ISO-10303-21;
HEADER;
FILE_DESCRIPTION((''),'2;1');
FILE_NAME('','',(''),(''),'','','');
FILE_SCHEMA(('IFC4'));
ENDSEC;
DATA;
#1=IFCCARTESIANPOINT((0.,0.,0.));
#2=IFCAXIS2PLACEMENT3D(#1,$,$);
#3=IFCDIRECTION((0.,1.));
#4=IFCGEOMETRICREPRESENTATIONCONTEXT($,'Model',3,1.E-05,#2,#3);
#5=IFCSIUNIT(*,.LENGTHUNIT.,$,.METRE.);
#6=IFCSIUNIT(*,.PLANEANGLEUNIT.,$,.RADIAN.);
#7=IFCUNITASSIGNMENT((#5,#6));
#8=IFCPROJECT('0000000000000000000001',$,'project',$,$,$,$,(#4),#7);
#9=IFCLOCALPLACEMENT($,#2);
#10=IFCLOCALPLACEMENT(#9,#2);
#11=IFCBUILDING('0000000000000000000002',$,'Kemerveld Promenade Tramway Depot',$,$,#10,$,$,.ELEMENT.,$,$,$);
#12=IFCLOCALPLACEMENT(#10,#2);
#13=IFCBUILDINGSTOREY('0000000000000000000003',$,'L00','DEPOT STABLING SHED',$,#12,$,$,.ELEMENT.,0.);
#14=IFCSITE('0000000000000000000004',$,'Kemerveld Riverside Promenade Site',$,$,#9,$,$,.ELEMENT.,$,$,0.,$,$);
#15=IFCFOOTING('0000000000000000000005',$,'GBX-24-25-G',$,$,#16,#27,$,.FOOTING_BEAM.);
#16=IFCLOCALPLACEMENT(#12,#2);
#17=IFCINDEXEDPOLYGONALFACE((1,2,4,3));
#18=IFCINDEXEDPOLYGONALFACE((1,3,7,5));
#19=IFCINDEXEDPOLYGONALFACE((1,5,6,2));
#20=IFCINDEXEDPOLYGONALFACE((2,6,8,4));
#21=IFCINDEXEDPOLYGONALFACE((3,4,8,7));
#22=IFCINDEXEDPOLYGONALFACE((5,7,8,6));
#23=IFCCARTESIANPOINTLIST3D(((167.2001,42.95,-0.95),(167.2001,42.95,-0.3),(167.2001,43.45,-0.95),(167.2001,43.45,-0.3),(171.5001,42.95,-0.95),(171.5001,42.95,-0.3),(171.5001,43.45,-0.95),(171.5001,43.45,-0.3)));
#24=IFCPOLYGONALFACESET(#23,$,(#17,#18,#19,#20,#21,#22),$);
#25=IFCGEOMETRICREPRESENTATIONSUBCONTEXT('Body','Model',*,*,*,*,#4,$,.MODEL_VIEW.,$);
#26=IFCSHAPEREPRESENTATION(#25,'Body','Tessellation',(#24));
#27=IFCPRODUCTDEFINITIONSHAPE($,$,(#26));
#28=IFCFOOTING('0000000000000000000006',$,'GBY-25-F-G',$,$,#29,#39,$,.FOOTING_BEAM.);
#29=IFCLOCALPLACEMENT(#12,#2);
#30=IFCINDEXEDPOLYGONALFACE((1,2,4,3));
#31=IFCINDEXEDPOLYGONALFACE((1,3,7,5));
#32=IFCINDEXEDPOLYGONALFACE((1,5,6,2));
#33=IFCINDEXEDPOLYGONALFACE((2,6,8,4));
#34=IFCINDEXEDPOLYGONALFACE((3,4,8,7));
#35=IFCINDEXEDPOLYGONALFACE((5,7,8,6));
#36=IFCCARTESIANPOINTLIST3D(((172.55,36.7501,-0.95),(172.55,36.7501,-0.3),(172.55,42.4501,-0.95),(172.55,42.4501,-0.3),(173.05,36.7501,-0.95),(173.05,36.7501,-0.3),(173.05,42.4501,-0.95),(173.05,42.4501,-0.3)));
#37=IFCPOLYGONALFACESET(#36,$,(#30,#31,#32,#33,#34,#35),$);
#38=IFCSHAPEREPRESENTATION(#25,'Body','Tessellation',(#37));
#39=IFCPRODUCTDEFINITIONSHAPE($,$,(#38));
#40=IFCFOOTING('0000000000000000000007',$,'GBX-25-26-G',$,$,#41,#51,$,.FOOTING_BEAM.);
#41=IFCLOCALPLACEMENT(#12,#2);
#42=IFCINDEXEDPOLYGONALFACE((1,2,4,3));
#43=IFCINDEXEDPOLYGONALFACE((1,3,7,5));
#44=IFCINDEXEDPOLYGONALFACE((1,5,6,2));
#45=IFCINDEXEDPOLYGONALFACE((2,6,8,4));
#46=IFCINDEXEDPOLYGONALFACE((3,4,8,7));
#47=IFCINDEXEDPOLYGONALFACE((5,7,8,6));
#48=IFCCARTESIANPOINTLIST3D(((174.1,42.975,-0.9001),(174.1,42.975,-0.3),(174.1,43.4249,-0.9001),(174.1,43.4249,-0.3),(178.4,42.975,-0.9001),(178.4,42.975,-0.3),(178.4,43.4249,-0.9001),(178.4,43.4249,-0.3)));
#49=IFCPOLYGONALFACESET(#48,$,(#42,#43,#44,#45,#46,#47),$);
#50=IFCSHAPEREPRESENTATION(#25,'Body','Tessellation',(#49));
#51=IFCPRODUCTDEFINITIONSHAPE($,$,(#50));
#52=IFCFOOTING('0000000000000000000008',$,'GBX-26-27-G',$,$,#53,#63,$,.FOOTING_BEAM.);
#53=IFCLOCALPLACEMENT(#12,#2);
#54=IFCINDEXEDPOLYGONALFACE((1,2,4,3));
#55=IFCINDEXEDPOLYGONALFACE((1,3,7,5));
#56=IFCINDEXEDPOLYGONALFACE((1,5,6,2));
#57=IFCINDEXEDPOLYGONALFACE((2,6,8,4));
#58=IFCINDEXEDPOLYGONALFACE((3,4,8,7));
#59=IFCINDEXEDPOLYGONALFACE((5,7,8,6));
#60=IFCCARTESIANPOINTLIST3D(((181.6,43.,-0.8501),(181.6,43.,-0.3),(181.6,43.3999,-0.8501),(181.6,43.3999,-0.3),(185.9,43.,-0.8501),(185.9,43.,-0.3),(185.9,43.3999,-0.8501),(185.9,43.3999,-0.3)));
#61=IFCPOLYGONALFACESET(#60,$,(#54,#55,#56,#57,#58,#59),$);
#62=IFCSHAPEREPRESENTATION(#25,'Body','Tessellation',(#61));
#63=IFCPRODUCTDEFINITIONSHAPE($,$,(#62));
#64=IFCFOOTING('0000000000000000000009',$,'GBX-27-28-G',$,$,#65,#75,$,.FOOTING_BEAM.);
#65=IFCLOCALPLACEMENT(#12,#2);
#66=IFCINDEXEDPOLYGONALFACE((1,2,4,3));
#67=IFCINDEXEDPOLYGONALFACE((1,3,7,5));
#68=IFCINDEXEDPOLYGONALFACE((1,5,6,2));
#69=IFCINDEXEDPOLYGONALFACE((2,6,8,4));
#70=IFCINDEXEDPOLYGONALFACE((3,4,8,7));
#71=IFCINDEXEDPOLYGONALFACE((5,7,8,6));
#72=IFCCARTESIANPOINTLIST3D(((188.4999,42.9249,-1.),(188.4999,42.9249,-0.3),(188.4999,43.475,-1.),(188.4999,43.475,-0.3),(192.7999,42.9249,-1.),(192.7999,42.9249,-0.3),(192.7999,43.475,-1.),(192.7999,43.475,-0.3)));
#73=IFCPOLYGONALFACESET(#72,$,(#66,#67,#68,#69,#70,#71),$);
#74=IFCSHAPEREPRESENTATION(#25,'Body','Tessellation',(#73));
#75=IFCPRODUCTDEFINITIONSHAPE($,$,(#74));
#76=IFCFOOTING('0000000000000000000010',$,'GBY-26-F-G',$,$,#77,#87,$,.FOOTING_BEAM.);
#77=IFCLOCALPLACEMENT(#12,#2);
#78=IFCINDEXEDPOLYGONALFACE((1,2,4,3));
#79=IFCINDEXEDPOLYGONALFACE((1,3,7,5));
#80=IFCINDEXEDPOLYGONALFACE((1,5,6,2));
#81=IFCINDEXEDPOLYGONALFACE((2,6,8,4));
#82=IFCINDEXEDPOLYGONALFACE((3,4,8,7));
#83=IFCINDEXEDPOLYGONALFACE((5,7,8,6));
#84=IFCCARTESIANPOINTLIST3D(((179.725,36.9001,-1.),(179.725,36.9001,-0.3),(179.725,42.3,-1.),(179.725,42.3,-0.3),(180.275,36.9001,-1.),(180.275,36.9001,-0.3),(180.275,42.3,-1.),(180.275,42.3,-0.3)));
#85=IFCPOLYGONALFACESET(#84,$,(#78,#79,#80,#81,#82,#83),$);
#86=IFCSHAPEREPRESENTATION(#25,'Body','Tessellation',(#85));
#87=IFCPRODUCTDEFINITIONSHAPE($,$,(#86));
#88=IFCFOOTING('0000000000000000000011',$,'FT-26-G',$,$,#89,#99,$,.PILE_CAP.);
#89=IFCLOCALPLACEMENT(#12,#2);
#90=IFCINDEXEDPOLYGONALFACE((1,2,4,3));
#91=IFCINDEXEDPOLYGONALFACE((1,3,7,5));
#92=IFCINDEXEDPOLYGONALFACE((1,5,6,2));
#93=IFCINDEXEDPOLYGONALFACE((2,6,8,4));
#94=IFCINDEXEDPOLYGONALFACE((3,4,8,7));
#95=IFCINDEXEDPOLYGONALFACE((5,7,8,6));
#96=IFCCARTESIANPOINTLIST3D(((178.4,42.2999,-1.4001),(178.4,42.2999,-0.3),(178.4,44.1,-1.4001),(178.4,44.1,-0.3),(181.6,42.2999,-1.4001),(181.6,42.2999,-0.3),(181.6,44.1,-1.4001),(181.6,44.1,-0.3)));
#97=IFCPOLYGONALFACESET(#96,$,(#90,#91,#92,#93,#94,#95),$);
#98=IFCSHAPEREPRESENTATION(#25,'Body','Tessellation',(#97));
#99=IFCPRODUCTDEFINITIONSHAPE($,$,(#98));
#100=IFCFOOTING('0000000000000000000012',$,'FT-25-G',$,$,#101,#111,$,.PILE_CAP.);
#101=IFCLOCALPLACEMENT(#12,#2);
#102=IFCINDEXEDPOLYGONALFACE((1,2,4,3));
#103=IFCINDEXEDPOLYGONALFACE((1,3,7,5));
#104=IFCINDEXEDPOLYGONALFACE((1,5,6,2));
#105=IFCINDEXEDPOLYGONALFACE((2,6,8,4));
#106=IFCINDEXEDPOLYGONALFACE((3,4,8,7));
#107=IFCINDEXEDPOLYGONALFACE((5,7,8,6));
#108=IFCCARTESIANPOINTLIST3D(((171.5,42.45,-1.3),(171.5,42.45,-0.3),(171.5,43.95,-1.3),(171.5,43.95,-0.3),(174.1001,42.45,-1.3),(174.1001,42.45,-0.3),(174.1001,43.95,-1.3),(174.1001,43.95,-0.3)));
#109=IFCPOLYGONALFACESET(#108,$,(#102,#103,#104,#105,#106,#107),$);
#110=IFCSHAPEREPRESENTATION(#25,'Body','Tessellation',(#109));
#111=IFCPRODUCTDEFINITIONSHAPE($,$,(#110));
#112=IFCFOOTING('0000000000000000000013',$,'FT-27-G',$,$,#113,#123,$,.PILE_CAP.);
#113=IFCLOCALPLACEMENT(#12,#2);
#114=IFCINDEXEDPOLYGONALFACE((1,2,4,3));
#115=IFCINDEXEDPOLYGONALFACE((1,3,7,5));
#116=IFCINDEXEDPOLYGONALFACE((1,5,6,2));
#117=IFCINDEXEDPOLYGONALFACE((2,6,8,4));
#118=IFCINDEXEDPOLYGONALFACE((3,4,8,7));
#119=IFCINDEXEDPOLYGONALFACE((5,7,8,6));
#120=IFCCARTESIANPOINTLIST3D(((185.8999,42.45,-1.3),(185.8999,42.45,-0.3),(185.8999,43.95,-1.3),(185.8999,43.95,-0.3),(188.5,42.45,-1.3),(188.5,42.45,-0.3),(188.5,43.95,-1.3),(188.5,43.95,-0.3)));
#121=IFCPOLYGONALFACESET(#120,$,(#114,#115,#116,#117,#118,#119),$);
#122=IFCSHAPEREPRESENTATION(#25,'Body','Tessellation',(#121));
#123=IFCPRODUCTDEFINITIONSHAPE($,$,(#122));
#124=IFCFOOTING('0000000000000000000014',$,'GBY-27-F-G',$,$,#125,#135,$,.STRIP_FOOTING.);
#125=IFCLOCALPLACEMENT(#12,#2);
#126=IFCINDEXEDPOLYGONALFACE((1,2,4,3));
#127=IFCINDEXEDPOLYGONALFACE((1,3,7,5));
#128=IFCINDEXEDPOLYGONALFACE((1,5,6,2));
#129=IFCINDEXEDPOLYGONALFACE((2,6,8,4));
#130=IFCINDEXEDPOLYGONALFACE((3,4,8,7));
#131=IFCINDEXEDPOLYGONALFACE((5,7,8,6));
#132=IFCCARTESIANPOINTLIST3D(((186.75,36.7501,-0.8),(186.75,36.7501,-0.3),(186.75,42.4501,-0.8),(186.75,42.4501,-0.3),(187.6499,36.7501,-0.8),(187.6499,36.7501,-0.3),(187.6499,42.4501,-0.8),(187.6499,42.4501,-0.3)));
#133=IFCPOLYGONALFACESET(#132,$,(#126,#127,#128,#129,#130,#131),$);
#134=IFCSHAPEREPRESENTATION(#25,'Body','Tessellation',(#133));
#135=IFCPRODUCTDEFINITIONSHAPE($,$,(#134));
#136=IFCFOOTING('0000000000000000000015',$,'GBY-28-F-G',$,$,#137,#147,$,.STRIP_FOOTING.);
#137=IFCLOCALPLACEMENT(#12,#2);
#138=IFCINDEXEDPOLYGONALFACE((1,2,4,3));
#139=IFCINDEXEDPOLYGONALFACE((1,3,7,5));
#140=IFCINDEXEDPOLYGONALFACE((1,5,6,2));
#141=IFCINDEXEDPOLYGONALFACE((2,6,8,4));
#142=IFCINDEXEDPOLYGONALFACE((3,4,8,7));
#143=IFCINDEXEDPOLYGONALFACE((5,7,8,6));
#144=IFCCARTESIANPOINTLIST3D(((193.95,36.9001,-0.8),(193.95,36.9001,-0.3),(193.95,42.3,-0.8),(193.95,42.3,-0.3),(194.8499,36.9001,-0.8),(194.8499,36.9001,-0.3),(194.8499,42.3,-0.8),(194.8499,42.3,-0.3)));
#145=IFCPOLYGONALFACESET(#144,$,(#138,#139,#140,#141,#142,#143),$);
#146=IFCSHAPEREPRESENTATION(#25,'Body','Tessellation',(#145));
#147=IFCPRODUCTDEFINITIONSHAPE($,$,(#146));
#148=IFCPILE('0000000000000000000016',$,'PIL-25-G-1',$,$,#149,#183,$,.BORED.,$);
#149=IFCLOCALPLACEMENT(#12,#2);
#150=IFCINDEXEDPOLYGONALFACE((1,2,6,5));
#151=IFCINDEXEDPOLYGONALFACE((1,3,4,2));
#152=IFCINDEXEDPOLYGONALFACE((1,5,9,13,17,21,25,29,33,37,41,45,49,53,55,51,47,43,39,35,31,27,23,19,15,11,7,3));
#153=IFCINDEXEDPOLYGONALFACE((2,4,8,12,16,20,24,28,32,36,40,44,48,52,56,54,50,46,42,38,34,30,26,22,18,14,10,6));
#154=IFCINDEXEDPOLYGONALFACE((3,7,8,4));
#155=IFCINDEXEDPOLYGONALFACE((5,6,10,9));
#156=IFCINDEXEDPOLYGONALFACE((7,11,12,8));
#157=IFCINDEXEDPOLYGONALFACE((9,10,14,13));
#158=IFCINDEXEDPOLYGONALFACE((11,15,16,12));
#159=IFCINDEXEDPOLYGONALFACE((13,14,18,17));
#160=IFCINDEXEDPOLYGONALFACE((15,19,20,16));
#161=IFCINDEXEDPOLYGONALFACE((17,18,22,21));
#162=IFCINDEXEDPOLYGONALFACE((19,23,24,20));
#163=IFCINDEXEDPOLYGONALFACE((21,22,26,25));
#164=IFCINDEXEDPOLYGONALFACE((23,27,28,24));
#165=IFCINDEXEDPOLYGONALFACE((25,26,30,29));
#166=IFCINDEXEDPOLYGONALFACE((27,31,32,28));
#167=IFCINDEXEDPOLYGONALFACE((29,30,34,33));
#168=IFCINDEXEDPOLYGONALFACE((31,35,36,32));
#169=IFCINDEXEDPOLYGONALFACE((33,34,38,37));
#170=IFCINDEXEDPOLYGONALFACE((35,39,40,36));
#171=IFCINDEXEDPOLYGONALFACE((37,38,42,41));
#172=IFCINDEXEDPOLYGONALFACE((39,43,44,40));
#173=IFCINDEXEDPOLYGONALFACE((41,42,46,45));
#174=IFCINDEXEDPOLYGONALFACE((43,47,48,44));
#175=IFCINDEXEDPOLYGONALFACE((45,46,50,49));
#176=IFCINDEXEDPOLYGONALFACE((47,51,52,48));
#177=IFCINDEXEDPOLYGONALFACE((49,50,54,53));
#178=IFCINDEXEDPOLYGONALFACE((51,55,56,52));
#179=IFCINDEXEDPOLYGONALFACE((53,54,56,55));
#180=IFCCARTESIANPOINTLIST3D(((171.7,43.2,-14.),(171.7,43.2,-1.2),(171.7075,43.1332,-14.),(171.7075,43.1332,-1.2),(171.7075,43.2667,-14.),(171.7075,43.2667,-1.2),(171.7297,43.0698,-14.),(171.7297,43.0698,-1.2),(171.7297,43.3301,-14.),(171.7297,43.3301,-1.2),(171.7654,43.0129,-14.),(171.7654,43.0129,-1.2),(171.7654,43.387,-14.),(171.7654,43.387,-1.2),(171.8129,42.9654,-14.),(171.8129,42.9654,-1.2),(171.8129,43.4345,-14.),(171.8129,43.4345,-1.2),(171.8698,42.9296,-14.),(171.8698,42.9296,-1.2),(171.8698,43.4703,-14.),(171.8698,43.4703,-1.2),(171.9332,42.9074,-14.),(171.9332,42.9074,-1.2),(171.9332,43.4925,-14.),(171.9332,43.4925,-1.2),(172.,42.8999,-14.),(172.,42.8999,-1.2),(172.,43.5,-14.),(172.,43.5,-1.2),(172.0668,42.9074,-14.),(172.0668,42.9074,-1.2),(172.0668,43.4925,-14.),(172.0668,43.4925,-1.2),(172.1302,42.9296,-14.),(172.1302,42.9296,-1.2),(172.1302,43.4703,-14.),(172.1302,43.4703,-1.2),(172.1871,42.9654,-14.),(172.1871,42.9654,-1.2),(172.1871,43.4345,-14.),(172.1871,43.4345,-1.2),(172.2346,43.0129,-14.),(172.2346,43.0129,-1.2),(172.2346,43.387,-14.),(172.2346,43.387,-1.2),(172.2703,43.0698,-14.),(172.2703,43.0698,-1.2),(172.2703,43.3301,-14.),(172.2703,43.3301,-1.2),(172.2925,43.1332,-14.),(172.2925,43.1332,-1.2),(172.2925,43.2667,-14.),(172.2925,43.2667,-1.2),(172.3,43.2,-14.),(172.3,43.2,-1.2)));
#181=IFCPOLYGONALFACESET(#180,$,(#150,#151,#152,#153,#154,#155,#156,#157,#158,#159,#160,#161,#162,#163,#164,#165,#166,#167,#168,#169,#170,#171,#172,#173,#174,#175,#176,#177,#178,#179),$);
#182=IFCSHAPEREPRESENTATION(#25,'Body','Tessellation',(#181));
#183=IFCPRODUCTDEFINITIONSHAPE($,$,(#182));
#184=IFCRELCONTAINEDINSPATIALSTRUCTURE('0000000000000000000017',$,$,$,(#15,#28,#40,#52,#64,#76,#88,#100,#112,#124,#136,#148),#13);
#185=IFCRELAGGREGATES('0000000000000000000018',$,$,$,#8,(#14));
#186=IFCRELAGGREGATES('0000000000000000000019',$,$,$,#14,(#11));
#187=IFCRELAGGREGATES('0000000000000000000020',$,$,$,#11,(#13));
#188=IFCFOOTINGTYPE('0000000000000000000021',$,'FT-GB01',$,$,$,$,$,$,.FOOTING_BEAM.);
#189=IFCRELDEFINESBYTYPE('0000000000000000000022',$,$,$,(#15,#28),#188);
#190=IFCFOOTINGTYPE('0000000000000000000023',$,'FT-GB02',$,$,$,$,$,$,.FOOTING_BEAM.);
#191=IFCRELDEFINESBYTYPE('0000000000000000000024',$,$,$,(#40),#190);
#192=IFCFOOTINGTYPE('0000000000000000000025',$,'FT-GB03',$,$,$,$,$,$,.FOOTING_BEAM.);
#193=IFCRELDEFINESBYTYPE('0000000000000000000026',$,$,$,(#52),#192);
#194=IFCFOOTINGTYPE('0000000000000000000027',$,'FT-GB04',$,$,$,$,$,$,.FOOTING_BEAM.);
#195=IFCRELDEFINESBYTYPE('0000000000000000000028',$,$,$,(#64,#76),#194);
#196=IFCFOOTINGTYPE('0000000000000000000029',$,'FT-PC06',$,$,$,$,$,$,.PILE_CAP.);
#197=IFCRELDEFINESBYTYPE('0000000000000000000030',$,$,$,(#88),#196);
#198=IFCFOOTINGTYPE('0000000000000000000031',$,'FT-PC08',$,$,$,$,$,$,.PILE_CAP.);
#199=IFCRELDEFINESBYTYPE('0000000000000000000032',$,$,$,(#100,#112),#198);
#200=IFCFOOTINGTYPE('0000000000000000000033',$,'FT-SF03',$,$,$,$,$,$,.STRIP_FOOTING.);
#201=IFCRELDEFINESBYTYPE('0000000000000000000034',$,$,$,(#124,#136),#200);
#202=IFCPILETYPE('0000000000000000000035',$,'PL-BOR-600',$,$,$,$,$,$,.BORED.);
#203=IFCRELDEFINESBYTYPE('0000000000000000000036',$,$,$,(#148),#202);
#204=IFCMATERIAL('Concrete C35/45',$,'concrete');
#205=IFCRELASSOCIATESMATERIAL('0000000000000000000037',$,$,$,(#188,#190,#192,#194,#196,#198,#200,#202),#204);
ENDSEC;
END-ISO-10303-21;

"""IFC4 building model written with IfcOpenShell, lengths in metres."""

from ifc_helpers import new_model, si_unit, direction, frame, origin, origin_2d, place, context, subcontext, project, spatial, rectangle, circle, extrude, material, material_profile, profile_set, type_object, element, save


model = new_model("IFC4")

# Units and contexts
model_context = context("Model", 3, precision=1e-05, world=origin(), true_north=direction((0.0, 1.0)))
body_context = subcontext(model_context, "Body", "Model", "MODEL_VIEW")
ifc_project = project(units=[si_unit("LENGTHUNIT", "METRE"), si_unit("PLANEANGLEUNIT", "RADIAN")], contexts=[model_context])

# Site, building, storey
site_placement = place(None, origin())
site = spatial("IfcSite", under=ifc_project, at=site_placement, Name="Kemerveld Riverside Promenade Site", CompositionType="ELEMENT", RefElevation=0.0)
building_placement = place(site_placement, origin())
building = spatial("IfcBuilding", under=site, at=building_placement, Name="Kemerveld Promenade Tramway Depot", CompositionType="ELEMENT")
storey_placement = place(building_placement, origin())
storey = spatial("IfcBuildingStorey", under=building, at=storey_placement, Name="L00", Description="DEPOT STABLING SHED", CompositionType="ELEMENT", Elevation=0.0)

# Footings
ifc_material_1 = material(Name="Concrete C35/45", Category="concrete")
footing_type_1 = type_object("IfcFootingType", Name="FT-GB01", PredefinedType="FOOTING_BEAM", material=ifc_material_1)
footing_1_placement = place(storey_placement, frame((169.3501, 43.2, -0.95), z_axis=(0.0, 0.0, 1.0), x_axis=(1.0, 0.0, 0.0)))
element("IfcFooting", 1, at=footing_1_placement, inside=storey, type_object=footing_type_1, Name="GBX-24-25-G", PredefinedType="FOOTING_BEAM", context=body_context, shape_type="SweptSolid", body=[
    extrude(rectangle(XDim=4.3, YDim=0.5, at=origin_2d()), origin(), (0.0, 0.0, 1.0), 0.6499),
])
footing_2_placement = place(storey_placement, frame((172.8, 39.6001, -0.95), z_axis=(0.0, 0.0, 1.0), x_axis=(0.0, 1.0, 0.0)))
element("IfcFooting", 2, at=footing_2_placement, inside=storey, type_object=footing_type_1, Name="GBY-25-F-G", PredefinedType="FOOTING_BEAM", context=body_context, shape_type="SweptSolid", body=[
    extrude(rectangle(XDim=5.7, YDim=0.5, at=origin_2d()), origin(), (0.0, 0.0, 1.0), 0.6499),
])
footing_type_2 = type_object("IfcFootingType", Name="FT-GB02", PredefinedType="FOOTING_BEAM", material=ifc_material_1)
footing_3_placement = place(storey_placement, frame((176.25, 43.2, -0.9001), z_axis=(0.0, 0.0, 1.0), x_axis=(1.0, 0.0, 0.0)))
element("IfcFooting", 3, at=footing_3_placement, inside=storey, type_object=footing_type_2, Name="GBX-25-26-G", PredefinedType="FOOTING_BEAM", context=body_context, shape_type="SweptSolid", body=[
    extrude(rectangle(XDim=4.3, YDim=0.45, at=origin_2d()), origin(), (0.0, 0.0, 1.0), 0.6001),
])
footing_type_3 = type_object("IfcFootingType", Name="FT-GB03", PredefinedType="FOOTING_BEAM", material=ifc_material_1)
footing_4_placement = place(storey_placement, frame((183.75, 43.2, -0.8501), z_axis=(0.0, 0.0, 1.0), x_axis=(1.0, 0.0, 0.0)))
element("IfcFooting", 4, at=footing_4_placement, inside=storey, type_object=footing_type_3, Name="GBX-26-27-G", PredefinedType="FOOTING_BEAM", context=body_context, shape_type="SweptSolid", body=[
    extrude(rectangle(XDim=4.3, YDim=0.3999, at=origin_2d()), origin(), (0.0, 0.0, 1.0), 0.55),
])
footing_type_4 = type_object("IfcFootingType", Name="FT-GB04", PredefinedType="FOOTING_BEAM", material=ifc_material_1)
footing_5_placement = place(storey_placement, frame((190.6499, 43.2, -1.0), z_axis=(0.0, 0.0, 1.0), x_axis=(1.0, 0.0, 0.0)))
element("IfcFooting", 5, at=footing_5_placement, inside=storey, type_object=footing_type_4, Name="GBX-27-28-G", PredefinedType="FOOTING_BEAM", context=body_context, shape_type="SweptSolid", body=[
    extrude(rectangle(XDim=4.3, YDim=0.55, at=origin_2d()), origin(), (0.0, 0.0, 1.0), 0.7),
])
footing_6_placement = place(storey_placement, frame((180.0, 39.6001, -1.0), z_axis=(0.0, 0.0, 1.0), x_axis=(0.0, 1.0, 0.0)))
element("IfcFooting", 6, at=footing_6_placement, inside=storey, type_object=footing_type_4, Name="GBY-26-F-G", PredefinedType="FOOTING_BEAM", context=body_context, shape_type="SweptSolid", body=[
    extrude(rectangle(XDim=5.3999, YDim=0.55, at=origin_2d()), origin(), (0.0, 0.0, 1.0), 0.7),
])
footing_type_5 = type_object("IfcFootingType", Name="FT-PC06", PredefinedType="PILE_CAP", material=ifc_material_1)
footing_7_placement = place(storey_placement, frame((180.0, 43.2, -1.4001), z_axis=(0.0, 0.0, 1.0), x_axis=(1.0, 0.0, 0.0)))
element("IfcFooting", 7, at=footing_7_placement, inside=storey, type_object=footing_type_5, Name="FT-26-G", PredefinedType="PILE_CAP", context=body_context, shape_type="SweptSolid", body=[
    extrude(rectangle(XDim=3.2, YDim=1.8, at=origin_2d()), origin(), (0.0, 0.0, 1.0), 1.1001),
])
footing_type_6 = type_object("IfcFootingType", Name="FT-PC08", PredefinedType="PILE_CAP", material=ifc_material_1)
for number, where, z_axis, x_axis, name in (
    (8, (172.8, 43.2, -1.3), (0.0, 0.0, 1.0), (1.0, 0.0, 0.0), "FT-25-G"),
    (9, (187.2, 43.2, -1.3), (0.0, 0.0, 1.0), (1.0, 0.0, 0.0), "FT-27-G"),
):
    element("IfcFooting", number, at=place(storey_placement, frame(where, z_axis=z_axis, x_axis=x_axis)), inside=storey, type_object=footing_type_6, Name=name, PredefinedType="PILE_CAP", context=body_context, shape_type="SweptSolid", body=[
        extrude(rectangle(XDim=2.6001, YDim=1.5, at=origin_2d()), origin(), (0.0, 0.0, 1.0), 1.0),
    ])
footing_type_7 = type_object("IfcFootingType", Name="FT-SF03", PredefinedType="STRIP_FOOTING", material=ifc_material_1)
footing_8_placement = place(storey_placement, frame((187.2, 39.6001, -0.8), z_axis=(0.0, 0.0, 1.0), x_axis=(0.0, 1.0, 0.0)))
element("IfcFooting", 10, at=footing_8_placement, inside=storey, type_object=footing_type_7, Name="GBY-27-F-G", PredefinedType="STRIP_FOOTING", context=body_context, shape_type="SweptSolid", body=[
    extrude(rectangle(XDim=5.7, YDim=0.8999, at=origin_2d()), origin(), (0.0, 0.0, 1.0), 0.5),
])
footing_9_placement = place(storey_placement, frame((194.3999, 39.6001, -0.8), z_axis=(0.0, 0.0, 1.0), x_axis=(0.0, 1.0, 0.0)))
element("IfcFooting", 11, at=footing_9_placement, inside=storey, type_object=footing_type_7, Name="GBY-28-F-G", PredefinedType="STRIP_FOOTING", context=body_context, shape_type="SweptSolid", body=[
    extrude(rectangle(XDim=5.3999, YDim=0.8999, at=origin_2d()), origin(), (0.0, 0.0, 1.0), 0.5),
])

# Pile
ifc_material_profile_1 = material_profile(ifc_material_1, circle(Radius=0.3, at=origin_2d()), Name="PILE-D600")
ifc_profile_set_1 = profile_set([ifc_material_profile_1], Name="Concrete C35/45")
pile_type_1 = type_object("IfcPileType", Name="PL-BOR-600", PredefinedType="BORED", material=ifc_profile_set_1)
for number, where, z_axis, x_axis, name in (
    (12, (172.0, 43.2, -1.2), (0.0, 0.0, -1.0), (1.0, 0.0, 0.0), "PIL-25-G-1"),
):
    element("IfcPile", number, at=place(storey_placement, frame(where, z_axis=z_axis, x_axis=x_axis)), inside=storey, type_object=pile_type_1, Name=name, PredefinedType="BORED", context=body_context, shape_type="SweptSolid", body=[
        extrude(circle(Radius=0.3, at=origin_2d()), origin(), (0.0, 0.0, 1.0), 12.8),
    ])

save(model, "model.ifc")
